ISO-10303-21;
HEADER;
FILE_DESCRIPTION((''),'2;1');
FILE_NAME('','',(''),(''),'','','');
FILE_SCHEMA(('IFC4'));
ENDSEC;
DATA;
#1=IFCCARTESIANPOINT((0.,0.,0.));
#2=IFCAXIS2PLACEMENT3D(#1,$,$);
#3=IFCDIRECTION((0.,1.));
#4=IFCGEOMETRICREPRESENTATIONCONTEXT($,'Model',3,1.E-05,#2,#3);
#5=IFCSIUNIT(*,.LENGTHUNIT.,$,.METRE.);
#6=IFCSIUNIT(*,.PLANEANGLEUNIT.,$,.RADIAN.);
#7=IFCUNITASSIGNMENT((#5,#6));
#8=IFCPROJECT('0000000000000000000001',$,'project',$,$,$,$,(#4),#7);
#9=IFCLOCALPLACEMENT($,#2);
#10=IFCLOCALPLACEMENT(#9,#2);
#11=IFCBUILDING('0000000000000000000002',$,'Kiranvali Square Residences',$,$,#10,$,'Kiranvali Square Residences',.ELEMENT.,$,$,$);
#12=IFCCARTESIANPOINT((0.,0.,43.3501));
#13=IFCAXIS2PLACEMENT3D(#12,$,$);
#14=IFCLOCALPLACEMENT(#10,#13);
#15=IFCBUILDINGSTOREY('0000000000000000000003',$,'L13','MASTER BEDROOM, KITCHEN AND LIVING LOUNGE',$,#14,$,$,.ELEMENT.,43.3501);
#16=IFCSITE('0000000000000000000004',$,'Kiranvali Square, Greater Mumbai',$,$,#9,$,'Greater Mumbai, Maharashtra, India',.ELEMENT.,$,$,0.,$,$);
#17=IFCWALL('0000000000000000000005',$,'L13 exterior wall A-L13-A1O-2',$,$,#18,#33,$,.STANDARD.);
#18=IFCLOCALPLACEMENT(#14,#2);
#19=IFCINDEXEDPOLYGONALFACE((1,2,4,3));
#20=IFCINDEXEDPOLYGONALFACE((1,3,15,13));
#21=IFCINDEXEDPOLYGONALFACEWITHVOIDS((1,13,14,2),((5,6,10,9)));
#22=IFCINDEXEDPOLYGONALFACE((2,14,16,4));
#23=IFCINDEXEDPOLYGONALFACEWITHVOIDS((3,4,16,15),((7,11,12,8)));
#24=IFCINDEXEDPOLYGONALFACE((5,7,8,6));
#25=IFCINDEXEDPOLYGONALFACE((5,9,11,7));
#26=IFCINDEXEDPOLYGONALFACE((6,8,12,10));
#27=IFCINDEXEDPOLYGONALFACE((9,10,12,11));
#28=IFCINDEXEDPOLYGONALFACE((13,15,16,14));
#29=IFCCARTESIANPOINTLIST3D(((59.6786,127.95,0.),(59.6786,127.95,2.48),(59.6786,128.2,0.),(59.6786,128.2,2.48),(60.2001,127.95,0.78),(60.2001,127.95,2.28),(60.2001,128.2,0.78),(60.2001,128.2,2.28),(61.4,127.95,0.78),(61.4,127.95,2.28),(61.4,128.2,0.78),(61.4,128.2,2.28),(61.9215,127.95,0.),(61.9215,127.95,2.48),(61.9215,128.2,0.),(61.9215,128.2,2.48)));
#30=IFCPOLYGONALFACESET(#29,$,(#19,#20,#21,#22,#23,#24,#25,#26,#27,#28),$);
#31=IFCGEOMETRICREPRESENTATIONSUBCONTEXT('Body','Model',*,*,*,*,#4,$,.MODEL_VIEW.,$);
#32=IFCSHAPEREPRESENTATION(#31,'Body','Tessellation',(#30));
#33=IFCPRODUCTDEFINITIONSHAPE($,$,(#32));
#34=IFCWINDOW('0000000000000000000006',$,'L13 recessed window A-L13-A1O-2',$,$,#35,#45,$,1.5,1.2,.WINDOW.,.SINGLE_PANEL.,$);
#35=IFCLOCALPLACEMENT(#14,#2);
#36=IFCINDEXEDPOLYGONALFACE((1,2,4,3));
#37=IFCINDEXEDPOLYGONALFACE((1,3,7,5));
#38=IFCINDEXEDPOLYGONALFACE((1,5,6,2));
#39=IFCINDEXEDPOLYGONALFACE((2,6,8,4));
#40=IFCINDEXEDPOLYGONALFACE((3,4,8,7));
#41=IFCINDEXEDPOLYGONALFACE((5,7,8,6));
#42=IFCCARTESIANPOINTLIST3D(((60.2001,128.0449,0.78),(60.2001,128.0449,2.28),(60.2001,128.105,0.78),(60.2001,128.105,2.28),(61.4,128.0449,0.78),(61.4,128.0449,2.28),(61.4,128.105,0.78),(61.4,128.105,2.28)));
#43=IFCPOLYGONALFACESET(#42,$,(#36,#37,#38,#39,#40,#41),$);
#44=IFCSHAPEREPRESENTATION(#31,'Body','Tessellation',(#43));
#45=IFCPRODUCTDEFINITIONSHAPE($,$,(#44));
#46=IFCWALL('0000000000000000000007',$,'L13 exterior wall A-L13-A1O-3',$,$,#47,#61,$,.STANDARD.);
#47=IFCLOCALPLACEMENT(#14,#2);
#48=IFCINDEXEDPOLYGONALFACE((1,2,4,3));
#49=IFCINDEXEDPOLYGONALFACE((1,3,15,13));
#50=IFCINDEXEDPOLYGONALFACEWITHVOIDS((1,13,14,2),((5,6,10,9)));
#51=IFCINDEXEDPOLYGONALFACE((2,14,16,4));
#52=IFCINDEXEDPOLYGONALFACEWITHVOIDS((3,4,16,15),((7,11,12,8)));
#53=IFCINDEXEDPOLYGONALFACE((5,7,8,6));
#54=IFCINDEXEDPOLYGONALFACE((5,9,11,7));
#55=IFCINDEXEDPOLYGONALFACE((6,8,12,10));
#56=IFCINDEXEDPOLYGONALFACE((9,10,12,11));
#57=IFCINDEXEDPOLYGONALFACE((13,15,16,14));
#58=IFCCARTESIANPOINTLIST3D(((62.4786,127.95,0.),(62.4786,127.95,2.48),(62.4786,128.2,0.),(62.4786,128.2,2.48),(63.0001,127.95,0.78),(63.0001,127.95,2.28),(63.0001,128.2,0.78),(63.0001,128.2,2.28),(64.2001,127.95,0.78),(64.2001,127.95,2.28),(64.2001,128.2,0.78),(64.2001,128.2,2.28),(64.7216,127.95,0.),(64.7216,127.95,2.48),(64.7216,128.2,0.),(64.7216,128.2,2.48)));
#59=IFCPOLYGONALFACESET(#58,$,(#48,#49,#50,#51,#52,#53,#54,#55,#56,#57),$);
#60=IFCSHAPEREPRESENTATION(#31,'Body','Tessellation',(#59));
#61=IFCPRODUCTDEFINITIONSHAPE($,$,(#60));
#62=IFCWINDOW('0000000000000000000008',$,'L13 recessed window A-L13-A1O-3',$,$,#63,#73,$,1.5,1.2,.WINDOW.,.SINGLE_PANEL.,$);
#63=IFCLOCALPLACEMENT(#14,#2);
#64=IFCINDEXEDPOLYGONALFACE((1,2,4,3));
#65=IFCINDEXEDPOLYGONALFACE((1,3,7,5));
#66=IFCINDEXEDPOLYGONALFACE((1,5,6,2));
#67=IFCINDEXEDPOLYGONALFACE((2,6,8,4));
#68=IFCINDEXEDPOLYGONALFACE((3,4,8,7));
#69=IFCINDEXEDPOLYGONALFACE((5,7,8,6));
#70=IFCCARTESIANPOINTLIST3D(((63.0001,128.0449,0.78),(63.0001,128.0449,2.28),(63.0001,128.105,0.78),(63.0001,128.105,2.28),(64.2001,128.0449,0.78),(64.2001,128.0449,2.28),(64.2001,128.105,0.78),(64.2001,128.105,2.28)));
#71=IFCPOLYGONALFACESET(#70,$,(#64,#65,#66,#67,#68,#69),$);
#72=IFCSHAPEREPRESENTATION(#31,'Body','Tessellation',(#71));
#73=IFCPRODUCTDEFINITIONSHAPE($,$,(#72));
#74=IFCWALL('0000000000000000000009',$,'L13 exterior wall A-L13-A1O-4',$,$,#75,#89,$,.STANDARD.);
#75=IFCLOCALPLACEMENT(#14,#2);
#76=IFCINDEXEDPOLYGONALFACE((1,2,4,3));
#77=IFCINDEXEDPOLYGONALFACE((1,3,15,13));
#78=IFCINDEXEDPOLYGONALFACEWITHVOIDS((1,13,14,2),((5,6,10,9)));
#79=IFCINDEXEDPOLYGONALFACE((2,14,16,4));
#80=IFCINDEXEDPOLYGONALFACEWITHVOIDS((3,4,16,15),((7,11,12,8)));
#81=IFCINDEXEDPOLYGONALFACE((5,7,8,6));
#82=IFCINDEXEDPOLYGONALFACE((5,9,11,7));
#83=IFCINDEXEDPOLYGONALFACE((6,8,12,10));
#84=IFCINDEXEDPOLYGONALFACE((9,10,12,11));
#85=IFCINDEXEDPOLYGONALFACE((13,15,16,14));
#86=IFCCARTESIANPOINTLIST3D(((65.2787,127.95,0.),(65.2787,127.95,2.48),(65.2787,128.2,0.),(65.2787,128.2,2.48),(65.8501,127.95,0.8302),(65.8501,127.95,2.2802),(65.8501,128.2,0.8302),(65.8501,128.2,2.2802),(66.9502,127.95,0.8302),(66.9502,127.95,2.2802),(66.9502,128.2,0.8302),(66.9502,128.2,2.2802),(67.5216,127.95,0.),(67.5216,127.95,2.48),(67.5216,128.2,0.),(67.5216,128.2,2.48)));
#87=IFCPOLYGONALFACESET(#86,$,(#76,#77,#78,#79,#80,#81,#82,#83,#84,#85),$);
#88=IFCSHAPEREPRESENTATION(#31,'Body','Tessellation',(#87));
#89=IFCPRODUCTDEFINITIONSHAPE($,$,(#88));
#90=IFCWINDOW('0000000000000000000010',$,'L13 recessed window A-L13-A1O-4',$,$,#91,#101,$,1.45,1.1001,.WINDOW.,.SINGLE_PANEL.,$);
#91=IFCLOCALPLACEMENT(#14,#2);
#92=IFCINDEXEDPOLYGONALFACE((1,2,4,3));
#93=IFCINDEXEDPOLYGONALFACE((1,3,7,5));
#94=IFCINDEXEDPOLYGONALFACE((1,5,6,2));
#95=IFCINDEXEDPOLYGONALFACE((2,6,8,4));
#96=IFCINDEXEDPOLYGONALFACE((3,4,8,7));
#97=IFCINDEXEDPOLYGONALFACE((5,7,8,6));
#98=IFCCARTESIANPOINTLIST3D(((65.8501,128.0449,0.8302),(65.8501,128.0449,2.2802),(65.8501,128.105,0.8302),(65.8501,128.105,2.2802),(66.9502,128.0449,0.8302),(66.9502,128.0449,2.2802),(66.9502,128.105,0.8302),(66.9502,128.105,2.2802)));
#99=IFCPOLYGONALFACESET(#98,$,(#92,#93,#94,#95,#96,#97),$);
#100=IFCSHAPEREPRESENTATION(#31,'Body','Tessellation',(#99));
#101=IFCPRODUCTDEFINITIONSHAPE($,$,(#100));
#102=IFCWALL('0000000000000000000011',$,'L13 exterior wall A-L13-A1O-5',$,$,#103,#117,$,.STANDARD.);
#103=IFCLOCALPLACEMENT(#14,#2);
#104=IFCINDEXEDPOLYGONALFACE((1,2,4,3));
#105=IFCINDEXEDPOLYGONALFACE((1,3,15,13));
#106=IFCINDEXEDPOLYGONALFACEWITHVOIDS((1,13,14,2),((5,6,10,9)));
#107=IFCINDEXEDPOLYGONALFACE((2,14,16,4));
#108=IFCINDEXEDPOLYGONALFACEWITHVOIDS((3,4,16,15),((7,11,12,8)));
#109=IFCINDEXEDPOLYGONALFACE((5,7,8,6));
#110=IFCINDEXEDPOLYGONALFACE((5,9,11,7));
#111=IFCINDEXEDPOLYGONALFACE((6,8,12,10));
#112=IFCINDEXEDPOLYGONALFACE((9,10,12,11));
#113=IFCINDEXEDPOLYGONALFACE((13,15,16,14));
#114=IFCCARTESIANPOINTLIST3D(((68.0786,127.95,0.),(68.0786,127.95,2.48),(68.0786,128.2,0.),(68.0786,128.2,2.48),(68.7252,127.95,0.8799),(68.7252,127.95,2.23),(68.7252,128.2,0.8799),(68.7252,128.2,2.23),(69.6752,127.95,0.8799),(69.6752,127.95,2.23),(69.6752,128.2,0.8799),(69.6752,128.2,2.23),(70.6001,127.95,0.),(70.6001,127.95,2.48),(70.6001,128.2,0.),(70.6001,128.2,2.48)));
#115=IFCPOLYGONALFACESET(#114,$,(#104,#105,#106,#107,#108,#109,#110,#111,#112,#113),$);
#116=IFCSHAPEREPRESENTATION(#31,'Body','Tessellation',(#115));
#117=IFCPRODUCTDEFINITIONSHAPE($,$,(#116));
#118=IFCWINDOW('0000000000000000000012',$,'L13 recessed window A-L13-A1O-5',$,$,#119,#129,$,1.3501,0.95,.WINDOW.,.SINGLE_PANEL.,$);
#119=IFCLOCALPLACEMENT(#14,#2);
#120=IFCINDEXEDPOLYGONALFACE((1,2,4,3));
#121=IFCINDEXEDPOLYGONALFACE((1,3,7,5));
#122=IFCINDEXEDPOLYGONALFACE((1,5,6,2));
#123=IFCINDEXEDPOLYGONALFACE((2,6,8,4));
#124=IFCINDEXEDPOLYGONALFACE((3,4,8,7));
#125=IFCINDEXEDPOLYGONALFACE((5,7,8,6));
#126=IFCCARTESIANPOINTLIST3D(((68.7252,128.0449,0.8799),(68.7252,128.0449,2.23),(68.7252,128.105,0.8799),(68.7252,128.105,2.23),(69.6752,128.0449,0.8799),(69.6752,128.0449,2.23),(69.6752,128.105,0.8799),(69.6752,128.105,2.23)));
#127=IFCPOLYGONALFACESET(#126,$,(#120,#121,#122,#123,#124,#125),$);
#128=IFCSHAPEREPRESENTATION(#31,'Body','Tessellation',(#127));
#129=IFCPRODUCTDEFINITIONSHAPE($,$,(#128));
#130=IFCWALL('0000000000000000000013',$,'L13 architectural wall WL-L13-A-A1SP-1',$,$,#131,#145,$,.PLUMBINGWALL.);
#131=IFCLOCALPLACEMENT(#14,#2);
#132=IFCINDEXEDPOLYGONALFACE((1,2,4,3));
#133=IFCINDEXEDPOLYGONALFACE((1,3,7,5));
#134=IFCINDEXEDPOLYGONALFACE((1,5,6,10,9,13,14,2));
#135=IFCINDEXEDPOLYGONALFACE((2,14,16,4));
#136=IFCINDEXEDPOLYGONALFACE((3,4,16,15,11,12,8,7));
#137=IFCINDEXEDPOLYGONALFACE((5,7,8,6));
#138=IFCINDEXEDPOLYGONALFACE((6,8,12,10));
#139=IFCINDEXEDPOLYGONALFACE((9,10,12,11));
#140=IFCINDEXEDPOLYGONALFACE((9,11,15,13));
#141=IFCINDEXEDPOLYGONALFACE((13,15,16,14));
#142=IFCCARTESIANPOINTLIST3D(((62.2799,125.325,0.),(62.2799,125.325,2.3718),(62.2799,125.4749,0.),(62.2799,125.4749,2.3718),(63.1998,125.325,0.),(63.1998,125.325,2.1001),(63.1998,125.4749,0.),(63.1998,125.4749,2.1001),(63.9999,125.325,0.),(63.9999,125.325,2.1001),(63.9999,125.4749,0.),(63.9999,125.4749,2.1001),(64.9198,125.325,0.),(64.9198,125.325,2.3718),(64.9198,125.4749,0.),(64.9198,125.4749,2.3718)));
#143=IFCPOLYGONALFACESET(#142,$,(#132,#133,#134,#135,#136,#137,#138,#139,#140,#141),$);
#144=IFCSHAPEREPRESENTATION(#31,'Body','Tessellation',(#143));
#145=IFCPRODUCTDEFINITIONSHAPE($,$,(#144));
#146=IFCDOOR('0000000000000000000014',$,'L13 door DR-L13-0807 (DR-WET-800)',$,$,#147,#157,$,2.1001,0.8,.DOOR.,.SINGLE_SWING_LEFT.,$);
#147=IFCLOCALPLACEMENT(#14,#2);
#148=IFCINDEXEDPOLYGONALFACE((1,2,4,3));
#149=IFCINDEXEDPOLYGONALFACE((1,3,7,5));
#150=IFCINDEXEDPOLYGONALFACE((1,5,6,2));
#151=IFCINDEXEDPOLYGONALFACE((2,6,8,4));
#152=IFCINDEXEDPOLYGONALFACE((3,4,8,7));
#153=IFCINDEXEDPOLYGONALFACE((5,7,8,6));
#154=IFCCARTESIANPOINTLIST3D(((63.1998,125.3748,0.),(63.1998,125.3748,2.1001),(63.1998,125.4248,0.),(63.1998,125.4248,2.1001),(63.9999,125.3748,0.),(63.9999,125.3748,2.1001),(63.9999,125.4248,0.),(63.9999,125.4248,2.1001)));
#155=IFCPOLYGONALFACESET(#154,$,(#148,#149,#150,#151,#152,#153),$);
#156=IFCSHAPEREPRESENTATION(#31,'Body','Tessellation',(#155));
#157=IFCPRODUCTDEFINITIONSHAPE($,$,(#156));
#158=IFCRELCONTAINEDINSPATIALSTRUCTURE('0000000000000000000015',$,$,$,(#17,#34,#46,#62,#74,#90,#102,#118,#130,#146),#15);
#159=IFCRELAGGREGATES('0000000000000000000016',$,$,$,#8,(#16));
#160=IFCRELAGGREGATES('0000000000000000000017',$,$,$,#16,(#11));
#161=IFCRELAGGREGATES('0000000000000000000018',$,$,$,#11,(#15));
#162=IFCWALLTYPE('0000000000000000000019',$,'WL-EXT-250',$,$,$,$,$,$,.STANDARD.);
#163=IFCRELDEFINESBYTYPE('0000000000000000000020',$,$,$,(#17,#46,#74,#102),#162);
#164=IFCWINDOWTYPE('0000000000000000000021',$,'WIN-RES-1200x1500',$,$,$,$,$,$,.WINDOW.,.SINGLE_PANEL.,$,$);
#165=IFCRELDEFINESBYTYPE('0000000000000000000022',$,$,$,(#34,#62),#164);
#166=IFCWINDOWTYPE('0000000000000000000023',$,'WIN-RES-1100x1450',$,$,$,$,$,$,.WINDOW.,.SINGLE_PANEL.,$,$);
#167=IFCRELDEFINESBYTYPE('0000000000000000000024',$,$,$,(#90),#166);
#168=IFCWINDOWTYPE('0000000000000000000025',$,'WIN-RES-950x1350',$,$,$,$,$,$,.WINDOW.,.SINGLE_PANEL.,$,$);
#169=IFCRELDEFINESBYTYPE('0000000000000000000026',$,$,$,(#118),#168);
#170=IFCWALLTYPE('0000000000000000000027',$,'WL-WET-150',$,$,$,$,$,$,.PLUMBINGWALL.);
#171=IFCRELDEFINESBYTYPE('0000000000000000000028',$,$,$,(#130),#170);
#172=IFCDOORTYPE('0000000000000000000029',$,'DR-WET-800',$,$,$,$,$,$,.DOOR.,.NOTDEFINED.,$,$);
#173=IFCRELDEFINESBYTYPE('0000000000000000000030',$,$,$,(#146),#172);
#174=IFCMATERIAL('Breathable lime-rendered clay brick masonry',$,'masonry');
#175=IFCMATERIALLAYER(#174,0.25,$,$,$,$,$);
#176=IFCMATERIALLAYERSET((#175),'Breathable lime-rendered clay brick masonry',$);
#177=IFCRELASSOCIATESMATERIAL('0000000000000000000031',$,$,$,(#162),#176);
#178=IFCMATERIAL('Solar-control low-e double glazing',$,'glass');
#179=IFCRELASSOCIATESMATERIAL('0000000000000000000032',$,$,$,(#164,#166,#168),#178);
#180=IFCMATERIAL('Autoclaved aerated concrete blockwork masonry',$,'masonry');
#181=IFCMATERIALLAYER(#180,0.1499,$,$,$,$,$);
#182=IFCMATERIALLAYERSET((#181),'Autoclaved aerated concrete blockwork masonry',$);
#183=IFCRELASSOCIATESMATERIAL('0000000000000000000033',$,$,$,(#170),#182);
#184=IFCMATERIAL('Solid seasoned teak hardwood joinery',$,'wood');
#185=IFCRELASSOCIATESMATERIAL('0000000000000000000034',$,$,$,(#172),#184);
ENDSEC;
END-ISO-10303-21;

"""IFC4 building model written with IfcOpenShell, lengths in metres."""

from ifc_helpers import new_model, si_unit, direction, frame, frame_2d, origin, place, context, subcontext, project, spatial, rectangle, extrude, material, layer, layer_set, type_object, element, fill, save


model = new_model("IFC4")

# Units and contexts
model_context = context("Model", 3, precision=1e-05, world=origin(), true_north=direction((0.0, 1.0)))
body_context = subcontext(model_context, "Body", "Model", "MODEL_VIEW")
ifc_project = project(units=[si_unit("LENGTHUNIT", "METRE"), si_unit("PLANEANGLEUNIT", "RADIAN")], contexts=[model_context])

# Site, building, storey
site_placement = place(None, origin())
site = spatial("IfcSite", under=ifc_project, at=site_placement, Name="Kiranvali Square, Greater Mumbai", LongName="Greater Mumbai, Maharashtra, India", CompositionType="ELEMENT", RefElevation=0.0)
building_placement = place(site_placement, origin())
building = spatial("IfcBuilding", under=site, at=building_placement, Name="Kiranvali Square Residences", LongName="Kiranvali Square Residences", CompositionType="ELEMENT")
storey_placement = place(building_placement, frame((0.0, 0.0, 43.3501)))
storey = spatial("IfcBuildingStorey", under=building, at=storey_placement, Name="L13", Description="MASTER BEDROOM, KITCHEN AND LIVING LOUNGE", CompositionType="ELEMENT", Elevation=43.3501)

# Walls, openings, windows
ifc_material_1 = material(Name="Breathable lime-rendered clay brick masonry", Category="masonry")
ifc_layer_1 = layer(ifc_material_1, 0.25)
ifc_layer_set_1 = layer_set([ifc_layer_1], Name="Breathable lime-rendered clay brick masonry")
wall_type_1 = type_object("IfcWallType", Name="WL-EXT-250", PredefinedType="STANDARD", material=ifc_layer_set_1)
wall_1_placement = place(storey_placement, frame((59.6785, 128.075, 0.0), z_axis=(0.0, 0.0, 1.0), x_axis=(1.0, 0.0, 0.0)))
wall_1 = element("IfcWall", 1, at=wall_1_placement, inside=storey, type_object=wall_type_1, Name="L13 exterior wall A-L13-A1O-2", PredefinedType="STANDARD", context=body_context, shape_type="SweptSolid", body=[
    extrude(rectangle(XDim=2.2429, YDim=0.25, at=frame_2d((1.1216, 0.0))), origin(), (0.0, 0.0, 1.0), 2.48),
])
opening_1_placement = place(wall_1_placement, frame((0.5215, 0.0, 0.78)))
opening_1 = element("IfcOpeningElement", 2, at=opening_1_placement, cuts=wall_1, PredefinedType="OPENING", context=body_context, shape_type="SweptSolid", body=[
    extrude(rectangle(XDim=1.2, YDim=1.5, at=frame_2d((0.6001, 0.75))), frame((0.0, 0.135, 0.0), z_axis=(0.0, -1.0, 0.0), x_axis=(1.0, 0.0, 0.0)), (0.0, 0.0, 1.0), 0.27),
])
ifc_material_2 = material(Name="Solar-control low-e double glazing", Category="glass")
window_type_1 = type_object("IfcWindowType", Name="WIN-RES-1200x1500", PartitioningType="SINGLE_PANEL", PredefinedType="WINDOW", material=ifc_material_2)
window_1_placement = place(opening_1_placement, origin())
window_1 = element("IfcWindow", 3, at=window_1_placement, inside=storey, type_object=window_type_1, Name="L13 recessed window A-L13-A1O-2", OverallHeight=1.5, OverallWidth=1.2, PartitioningType="SINGLE_PANEL", PredefinedType="WINDOW", context=body_context, shape_type="SweptSolid", body=[
    extrude(rectangle(XDim=1.2, YDim=1.5, at=frame_2d((0.6001, 0.75))), frame((0.0, 0.03, 0.0), z_axis=(0.0, -1.0, 0.0), x_axis=(1.0, 0.0, 0.0)), (0.0, 0.0, 1.0), 0.0601),
])
fill(opening_1, window_1)
wall_2_placement = place(storey_placement, frame((62.4785, 128.075, 0.0), z_axis=(0.0, 0.0, 1.0), x_axis=(1.0, 0.0, 0.0)))
wall_2 = element("IfcWall", 4, at=wall_2_placement, inside=storey, type_object=wall_type_1, Name="L13 exterior wall A-L13-A1O-3", PredefinedType="STANDARD", context=body_context, shape_type="SweptSolid", body=[
    extrude(rectangle(XDim=2.2429, YDim=0.25, at=frame_2d((1.1216, 0.0))), origin(), (0.0, 0.0, 1.0), 2.48),
])
opening_2_placement = place(wall_2_placement, frame((0.5215, 0.0, 0.78)))
opening_2 = element("IfcOpeningElement", 5, at=opening_2_placement, cuts=wall_2, PredefinedType="OPENING", context=body_context, shape_type="SweptSolid", body=[
    extrude(rectangle(XDim=1.2, YDim=1.5, at=frame_2d((0.6001, 0.75))), frame((0.0, 0.135, 0.0), z_axis=(0.0, -1.0, 0.0), x_axis=(1.0, 0.0, 0.0)), (0.0, 0.0, 1.0), 0.27),
])
window_2_placement = place(opening_2_placement, origin())
window_2 = element("IfcWindow", 6, at=window_2_placement, inside=storey, type_object=window_type_1, Name="L13 recessed window A-L13-A1O-3", OverallHeight=1.5, OverallWidth=1.2, PartitioningType="SINGLE_PANEL", PredefinedType="WINDOW", context=body_context, shape_type="SweptSolid", body=[
    extrude(rectangle(XDim=1.2, YDim=1.5, at=frame_2d((0.6001, 0.75))), frame((0.0, 0.03, 0.0), z_axis=(0.0, -1.0, 0.0), x_axis=(1.0, 0.0, 0.0)), (0.0, 0.0, 1.0), 0.0601),
])
fill(opening_2, window_2)
wall_3_placement = place(storey_placement, frame((65.2786, 128.075, 0.0), z_axis=(0.0, 0.0, 1.0), x_axis=(1.0, 0.0, 0.0)))
wall_3 = element("IfcWall", 7, at=wall_3_placement, inside=storey, type_object=wall_type_1, Name="L13 exterior wall A-L13-A1O-4", PredefinedType="STANDARD", context=body_context, shape_type="SweptSolid", body=[
    extrude(rectangle(XDim=2.2429, YDim=0.25, at=frame_2d((1.1216, 0.0))), origin(), (0.0, 0.0, 1.0), 2.48),
])
opening_3_placement = place(wall_3_placement, frame((0.5715, 0.0, 0.8301)))
opening_3 = element("IfcOpeningElement", 8, at=opening_3_placement, cuts=wall_3, PredefinedType="OPENING", context=body_context, shape_type="SweptSolid", body=[
    extrude(rectangle(XDim=1.1001, YDim=1.45, at=frame_2d((0.55, 0.7251))), frame((0.0, 0.135, 0.0), z_axis=(0.0, -1.0, 0.0), x_axis=(1.0, 0.0, 0.0)), (0.0, 0.0, 1.0), 0.27),
])
window_type_2 = type_object("IfcWindowType", Name="WIN-RES-1100x1450", PartitioningType="SINGLE_PANEL", PredefinedType="WINDOW", material=ifc_material_2)
window_3_placement = place(opening_3_placement, origin())
window_3 = element("IfcWindow", 9, at=window_3_placement, inside=storey, type_object=window_type_2, Name="L13 recessed window A-L13-A1O-4", OverallHeight=1.45, OverallWidth=1.1001, PartitioningType="SINGLE_PANEL", PredefinedType="WINDOW", context=body_context, shape_type="SweptSolid", body=[
    extrude(rectangle(XDim=1.1001, YDim=1.45, at=frame_2d((0.55, 0.7251))), frame((0.0, 0.03, 0.0), z_axis=(0.0, -1.0, 0.0), x_axis=(1.0, 0.0, 0.0)), (0.0, 0.0, 1.0), 0.0601),
])
fill(opening_3, window_3)
wall_4_placement = place(storey_placement, frame((68.0786, 128.075, 0.0), z_axis=(0.0, 0.0, 1.0), x_axis=(1.0, 0.0, 0.0)))
wall_4 = element("IfcWall", 10, at=wall_4_placement, inside=storey, type_object=wall_type_1, Name="L13 exterior wall A-L13-A1O-5", PredefinedType="STANDARD", context=body_context, shape_type="SweptSolid", body=[
    extrude(rectangle(XDim=2.5215, YDim=0.25, at=frame_2d((1.2607, 0.0))), origin(), (0.0, 0.0, 1.0), 2.48),
])
opening_4_placement = place(wall_4_placement, frame((0.6465, 0.0, 0.8799)))
opening_4 = element("IfcOpeningElement", 11, at=opening_4_placement, cuts=wall_4, PredefinedType="OPENING", context=body_context, shape_type="SweptSolid", body=[
    extrude(rectangle(XDim=0.95, YDim=1.3501, at=frame_2d((0.4751, 0.675))), frame((0.0, 0.135, 0.0), z_axis=(0.0, -1.0, 0.0), x_axis=(1.0, 0.0, 0.0)), (0.0, 0.0, 1.0), 0.27),
])
window_type_3 = type_object("IfcWindowType", Name="WIN-RES-950x1350", PartitioningType="SINGLE_PANEL", PredefinedType="WINDOW", material=ifc_material_2)
window_4_placement = place(opening_4_placement, origin())
window_4 = element("IfcWindow", 12, at=window_4_placement, inside=storey, type_object=window_type_3, Name="L13 recessed window A-L13-A1O-5", OverallHeight=1.3501, OverallWidth=0.95, PartitioningType="SINGLE_PANEL", PredefinedType="WINDOW", context=body_context, shape_type="SweptSolid", body=[
    extrude(rectangle(XDim=0.95, YDim=1.3501, at=frame_2d((0.4751, 0.675))), frame((0.0, 0.03, 0.0), z_axis=(0.0, -1.0, 0.0), x_axis=(1.0, 0.0, 0.0)), (0.0, 0.0, 1.0), 0.0601),
])
fill(opening_4, window_4)

# Wall, opening, door
ifc_material_3 = material(Name="Autoclaved aerated concrete blockwork masonry", Category="masonry")
ifc_layer_2 = layer(ifc_material_3, 0.1499)
ifc_layer_set_2 = layer_set([ifc_layer_2], Name="Autoclaved aerated concrete blockwork masonry")
wall_type_2 = type_object("IfcWallType", Name="WL-WET-150", PredefinedType="PLUMBINGWALL", material=ifc_layer_set_2)
wall_5_placement = place(storey_placement, frame((62.28, 125.3999, 0.0), z_axis=(0.0, 0.0, 1.0), x_axis=(1.0, 0.0, 0.0)))
wall_5 = element("IfcWall", 13, at=wall_5_placement, inside=storey, type_object=wall_type_2, Name="L13 architectural wall WL-L13-A-A1SP-1", PredefinedType="PLUMBINGWALL", context=body_context, shape_type="SweptSolid", body=[
    extrude(rectangle(XDim=2.6399, YDim=0.1499, at=frame_2d((1.3198, 0.0))), origin(), (0.0, 0.0, 1.0), 2.3718),
])
opening_5_placement = place(wall_5_placement, frame((0.9199, 0.0, 0.0)))
opening_5 = element("IfcOpeningElement", 14, at=opening_5_placement, cuts=wall_5, PredefinedType="OPENING", context=body_context, shape_type="SweptSolid", body=[
    extrude(rectangle(XDim=0.8, YDim=2.1001, at=frame_2d((0.3999, 1.05))), frame((0.0, 0.085, 0.0), z_axis=(0.0, -1.0, 0.0), x_axis=(1.0, 0.0, 0.0)), (0.0, 0.0, 1.0), 0.1699),
])
ifc_material_4 = material(Name="Solid seasoned teak hardwood joinery", Category="wood")
door_type_1 = type_object("IfcDoorType", Name="DR-WET-800", OperationType="NOTDEFINED", PredefinedType="DOOR", material=ifc_material_4)
door_1_placement = place(opening_5_placement, origin())
door_1 = element("IfcDoor", 15, at=door_1_placement, inside=storey, type_object=door_type_1, Name="L13 door DR-L13-0807 (DR-WET-800)", OperationType="SINGLE_SWING_LEFT", OverallHeight=2.1001, OverallWidth=0.8, PredefinedType="DOOR", context=body_context, shape_type="SweptSolid", body=[
    extrude(rectangle(XDim=0.8, YDim=2.1001, at=frame_2d((0.3999, 1.05))), frame((0.0, 0.0249, 0.0), z_axis=(0.0, -1.0, 0.0), x_axis=(1.0, 0.0, 0.0)), (0.0, 0.0, 1.0), 0.05),
])
fill(opening_5, door_1)

save(model, "model.ifc")
